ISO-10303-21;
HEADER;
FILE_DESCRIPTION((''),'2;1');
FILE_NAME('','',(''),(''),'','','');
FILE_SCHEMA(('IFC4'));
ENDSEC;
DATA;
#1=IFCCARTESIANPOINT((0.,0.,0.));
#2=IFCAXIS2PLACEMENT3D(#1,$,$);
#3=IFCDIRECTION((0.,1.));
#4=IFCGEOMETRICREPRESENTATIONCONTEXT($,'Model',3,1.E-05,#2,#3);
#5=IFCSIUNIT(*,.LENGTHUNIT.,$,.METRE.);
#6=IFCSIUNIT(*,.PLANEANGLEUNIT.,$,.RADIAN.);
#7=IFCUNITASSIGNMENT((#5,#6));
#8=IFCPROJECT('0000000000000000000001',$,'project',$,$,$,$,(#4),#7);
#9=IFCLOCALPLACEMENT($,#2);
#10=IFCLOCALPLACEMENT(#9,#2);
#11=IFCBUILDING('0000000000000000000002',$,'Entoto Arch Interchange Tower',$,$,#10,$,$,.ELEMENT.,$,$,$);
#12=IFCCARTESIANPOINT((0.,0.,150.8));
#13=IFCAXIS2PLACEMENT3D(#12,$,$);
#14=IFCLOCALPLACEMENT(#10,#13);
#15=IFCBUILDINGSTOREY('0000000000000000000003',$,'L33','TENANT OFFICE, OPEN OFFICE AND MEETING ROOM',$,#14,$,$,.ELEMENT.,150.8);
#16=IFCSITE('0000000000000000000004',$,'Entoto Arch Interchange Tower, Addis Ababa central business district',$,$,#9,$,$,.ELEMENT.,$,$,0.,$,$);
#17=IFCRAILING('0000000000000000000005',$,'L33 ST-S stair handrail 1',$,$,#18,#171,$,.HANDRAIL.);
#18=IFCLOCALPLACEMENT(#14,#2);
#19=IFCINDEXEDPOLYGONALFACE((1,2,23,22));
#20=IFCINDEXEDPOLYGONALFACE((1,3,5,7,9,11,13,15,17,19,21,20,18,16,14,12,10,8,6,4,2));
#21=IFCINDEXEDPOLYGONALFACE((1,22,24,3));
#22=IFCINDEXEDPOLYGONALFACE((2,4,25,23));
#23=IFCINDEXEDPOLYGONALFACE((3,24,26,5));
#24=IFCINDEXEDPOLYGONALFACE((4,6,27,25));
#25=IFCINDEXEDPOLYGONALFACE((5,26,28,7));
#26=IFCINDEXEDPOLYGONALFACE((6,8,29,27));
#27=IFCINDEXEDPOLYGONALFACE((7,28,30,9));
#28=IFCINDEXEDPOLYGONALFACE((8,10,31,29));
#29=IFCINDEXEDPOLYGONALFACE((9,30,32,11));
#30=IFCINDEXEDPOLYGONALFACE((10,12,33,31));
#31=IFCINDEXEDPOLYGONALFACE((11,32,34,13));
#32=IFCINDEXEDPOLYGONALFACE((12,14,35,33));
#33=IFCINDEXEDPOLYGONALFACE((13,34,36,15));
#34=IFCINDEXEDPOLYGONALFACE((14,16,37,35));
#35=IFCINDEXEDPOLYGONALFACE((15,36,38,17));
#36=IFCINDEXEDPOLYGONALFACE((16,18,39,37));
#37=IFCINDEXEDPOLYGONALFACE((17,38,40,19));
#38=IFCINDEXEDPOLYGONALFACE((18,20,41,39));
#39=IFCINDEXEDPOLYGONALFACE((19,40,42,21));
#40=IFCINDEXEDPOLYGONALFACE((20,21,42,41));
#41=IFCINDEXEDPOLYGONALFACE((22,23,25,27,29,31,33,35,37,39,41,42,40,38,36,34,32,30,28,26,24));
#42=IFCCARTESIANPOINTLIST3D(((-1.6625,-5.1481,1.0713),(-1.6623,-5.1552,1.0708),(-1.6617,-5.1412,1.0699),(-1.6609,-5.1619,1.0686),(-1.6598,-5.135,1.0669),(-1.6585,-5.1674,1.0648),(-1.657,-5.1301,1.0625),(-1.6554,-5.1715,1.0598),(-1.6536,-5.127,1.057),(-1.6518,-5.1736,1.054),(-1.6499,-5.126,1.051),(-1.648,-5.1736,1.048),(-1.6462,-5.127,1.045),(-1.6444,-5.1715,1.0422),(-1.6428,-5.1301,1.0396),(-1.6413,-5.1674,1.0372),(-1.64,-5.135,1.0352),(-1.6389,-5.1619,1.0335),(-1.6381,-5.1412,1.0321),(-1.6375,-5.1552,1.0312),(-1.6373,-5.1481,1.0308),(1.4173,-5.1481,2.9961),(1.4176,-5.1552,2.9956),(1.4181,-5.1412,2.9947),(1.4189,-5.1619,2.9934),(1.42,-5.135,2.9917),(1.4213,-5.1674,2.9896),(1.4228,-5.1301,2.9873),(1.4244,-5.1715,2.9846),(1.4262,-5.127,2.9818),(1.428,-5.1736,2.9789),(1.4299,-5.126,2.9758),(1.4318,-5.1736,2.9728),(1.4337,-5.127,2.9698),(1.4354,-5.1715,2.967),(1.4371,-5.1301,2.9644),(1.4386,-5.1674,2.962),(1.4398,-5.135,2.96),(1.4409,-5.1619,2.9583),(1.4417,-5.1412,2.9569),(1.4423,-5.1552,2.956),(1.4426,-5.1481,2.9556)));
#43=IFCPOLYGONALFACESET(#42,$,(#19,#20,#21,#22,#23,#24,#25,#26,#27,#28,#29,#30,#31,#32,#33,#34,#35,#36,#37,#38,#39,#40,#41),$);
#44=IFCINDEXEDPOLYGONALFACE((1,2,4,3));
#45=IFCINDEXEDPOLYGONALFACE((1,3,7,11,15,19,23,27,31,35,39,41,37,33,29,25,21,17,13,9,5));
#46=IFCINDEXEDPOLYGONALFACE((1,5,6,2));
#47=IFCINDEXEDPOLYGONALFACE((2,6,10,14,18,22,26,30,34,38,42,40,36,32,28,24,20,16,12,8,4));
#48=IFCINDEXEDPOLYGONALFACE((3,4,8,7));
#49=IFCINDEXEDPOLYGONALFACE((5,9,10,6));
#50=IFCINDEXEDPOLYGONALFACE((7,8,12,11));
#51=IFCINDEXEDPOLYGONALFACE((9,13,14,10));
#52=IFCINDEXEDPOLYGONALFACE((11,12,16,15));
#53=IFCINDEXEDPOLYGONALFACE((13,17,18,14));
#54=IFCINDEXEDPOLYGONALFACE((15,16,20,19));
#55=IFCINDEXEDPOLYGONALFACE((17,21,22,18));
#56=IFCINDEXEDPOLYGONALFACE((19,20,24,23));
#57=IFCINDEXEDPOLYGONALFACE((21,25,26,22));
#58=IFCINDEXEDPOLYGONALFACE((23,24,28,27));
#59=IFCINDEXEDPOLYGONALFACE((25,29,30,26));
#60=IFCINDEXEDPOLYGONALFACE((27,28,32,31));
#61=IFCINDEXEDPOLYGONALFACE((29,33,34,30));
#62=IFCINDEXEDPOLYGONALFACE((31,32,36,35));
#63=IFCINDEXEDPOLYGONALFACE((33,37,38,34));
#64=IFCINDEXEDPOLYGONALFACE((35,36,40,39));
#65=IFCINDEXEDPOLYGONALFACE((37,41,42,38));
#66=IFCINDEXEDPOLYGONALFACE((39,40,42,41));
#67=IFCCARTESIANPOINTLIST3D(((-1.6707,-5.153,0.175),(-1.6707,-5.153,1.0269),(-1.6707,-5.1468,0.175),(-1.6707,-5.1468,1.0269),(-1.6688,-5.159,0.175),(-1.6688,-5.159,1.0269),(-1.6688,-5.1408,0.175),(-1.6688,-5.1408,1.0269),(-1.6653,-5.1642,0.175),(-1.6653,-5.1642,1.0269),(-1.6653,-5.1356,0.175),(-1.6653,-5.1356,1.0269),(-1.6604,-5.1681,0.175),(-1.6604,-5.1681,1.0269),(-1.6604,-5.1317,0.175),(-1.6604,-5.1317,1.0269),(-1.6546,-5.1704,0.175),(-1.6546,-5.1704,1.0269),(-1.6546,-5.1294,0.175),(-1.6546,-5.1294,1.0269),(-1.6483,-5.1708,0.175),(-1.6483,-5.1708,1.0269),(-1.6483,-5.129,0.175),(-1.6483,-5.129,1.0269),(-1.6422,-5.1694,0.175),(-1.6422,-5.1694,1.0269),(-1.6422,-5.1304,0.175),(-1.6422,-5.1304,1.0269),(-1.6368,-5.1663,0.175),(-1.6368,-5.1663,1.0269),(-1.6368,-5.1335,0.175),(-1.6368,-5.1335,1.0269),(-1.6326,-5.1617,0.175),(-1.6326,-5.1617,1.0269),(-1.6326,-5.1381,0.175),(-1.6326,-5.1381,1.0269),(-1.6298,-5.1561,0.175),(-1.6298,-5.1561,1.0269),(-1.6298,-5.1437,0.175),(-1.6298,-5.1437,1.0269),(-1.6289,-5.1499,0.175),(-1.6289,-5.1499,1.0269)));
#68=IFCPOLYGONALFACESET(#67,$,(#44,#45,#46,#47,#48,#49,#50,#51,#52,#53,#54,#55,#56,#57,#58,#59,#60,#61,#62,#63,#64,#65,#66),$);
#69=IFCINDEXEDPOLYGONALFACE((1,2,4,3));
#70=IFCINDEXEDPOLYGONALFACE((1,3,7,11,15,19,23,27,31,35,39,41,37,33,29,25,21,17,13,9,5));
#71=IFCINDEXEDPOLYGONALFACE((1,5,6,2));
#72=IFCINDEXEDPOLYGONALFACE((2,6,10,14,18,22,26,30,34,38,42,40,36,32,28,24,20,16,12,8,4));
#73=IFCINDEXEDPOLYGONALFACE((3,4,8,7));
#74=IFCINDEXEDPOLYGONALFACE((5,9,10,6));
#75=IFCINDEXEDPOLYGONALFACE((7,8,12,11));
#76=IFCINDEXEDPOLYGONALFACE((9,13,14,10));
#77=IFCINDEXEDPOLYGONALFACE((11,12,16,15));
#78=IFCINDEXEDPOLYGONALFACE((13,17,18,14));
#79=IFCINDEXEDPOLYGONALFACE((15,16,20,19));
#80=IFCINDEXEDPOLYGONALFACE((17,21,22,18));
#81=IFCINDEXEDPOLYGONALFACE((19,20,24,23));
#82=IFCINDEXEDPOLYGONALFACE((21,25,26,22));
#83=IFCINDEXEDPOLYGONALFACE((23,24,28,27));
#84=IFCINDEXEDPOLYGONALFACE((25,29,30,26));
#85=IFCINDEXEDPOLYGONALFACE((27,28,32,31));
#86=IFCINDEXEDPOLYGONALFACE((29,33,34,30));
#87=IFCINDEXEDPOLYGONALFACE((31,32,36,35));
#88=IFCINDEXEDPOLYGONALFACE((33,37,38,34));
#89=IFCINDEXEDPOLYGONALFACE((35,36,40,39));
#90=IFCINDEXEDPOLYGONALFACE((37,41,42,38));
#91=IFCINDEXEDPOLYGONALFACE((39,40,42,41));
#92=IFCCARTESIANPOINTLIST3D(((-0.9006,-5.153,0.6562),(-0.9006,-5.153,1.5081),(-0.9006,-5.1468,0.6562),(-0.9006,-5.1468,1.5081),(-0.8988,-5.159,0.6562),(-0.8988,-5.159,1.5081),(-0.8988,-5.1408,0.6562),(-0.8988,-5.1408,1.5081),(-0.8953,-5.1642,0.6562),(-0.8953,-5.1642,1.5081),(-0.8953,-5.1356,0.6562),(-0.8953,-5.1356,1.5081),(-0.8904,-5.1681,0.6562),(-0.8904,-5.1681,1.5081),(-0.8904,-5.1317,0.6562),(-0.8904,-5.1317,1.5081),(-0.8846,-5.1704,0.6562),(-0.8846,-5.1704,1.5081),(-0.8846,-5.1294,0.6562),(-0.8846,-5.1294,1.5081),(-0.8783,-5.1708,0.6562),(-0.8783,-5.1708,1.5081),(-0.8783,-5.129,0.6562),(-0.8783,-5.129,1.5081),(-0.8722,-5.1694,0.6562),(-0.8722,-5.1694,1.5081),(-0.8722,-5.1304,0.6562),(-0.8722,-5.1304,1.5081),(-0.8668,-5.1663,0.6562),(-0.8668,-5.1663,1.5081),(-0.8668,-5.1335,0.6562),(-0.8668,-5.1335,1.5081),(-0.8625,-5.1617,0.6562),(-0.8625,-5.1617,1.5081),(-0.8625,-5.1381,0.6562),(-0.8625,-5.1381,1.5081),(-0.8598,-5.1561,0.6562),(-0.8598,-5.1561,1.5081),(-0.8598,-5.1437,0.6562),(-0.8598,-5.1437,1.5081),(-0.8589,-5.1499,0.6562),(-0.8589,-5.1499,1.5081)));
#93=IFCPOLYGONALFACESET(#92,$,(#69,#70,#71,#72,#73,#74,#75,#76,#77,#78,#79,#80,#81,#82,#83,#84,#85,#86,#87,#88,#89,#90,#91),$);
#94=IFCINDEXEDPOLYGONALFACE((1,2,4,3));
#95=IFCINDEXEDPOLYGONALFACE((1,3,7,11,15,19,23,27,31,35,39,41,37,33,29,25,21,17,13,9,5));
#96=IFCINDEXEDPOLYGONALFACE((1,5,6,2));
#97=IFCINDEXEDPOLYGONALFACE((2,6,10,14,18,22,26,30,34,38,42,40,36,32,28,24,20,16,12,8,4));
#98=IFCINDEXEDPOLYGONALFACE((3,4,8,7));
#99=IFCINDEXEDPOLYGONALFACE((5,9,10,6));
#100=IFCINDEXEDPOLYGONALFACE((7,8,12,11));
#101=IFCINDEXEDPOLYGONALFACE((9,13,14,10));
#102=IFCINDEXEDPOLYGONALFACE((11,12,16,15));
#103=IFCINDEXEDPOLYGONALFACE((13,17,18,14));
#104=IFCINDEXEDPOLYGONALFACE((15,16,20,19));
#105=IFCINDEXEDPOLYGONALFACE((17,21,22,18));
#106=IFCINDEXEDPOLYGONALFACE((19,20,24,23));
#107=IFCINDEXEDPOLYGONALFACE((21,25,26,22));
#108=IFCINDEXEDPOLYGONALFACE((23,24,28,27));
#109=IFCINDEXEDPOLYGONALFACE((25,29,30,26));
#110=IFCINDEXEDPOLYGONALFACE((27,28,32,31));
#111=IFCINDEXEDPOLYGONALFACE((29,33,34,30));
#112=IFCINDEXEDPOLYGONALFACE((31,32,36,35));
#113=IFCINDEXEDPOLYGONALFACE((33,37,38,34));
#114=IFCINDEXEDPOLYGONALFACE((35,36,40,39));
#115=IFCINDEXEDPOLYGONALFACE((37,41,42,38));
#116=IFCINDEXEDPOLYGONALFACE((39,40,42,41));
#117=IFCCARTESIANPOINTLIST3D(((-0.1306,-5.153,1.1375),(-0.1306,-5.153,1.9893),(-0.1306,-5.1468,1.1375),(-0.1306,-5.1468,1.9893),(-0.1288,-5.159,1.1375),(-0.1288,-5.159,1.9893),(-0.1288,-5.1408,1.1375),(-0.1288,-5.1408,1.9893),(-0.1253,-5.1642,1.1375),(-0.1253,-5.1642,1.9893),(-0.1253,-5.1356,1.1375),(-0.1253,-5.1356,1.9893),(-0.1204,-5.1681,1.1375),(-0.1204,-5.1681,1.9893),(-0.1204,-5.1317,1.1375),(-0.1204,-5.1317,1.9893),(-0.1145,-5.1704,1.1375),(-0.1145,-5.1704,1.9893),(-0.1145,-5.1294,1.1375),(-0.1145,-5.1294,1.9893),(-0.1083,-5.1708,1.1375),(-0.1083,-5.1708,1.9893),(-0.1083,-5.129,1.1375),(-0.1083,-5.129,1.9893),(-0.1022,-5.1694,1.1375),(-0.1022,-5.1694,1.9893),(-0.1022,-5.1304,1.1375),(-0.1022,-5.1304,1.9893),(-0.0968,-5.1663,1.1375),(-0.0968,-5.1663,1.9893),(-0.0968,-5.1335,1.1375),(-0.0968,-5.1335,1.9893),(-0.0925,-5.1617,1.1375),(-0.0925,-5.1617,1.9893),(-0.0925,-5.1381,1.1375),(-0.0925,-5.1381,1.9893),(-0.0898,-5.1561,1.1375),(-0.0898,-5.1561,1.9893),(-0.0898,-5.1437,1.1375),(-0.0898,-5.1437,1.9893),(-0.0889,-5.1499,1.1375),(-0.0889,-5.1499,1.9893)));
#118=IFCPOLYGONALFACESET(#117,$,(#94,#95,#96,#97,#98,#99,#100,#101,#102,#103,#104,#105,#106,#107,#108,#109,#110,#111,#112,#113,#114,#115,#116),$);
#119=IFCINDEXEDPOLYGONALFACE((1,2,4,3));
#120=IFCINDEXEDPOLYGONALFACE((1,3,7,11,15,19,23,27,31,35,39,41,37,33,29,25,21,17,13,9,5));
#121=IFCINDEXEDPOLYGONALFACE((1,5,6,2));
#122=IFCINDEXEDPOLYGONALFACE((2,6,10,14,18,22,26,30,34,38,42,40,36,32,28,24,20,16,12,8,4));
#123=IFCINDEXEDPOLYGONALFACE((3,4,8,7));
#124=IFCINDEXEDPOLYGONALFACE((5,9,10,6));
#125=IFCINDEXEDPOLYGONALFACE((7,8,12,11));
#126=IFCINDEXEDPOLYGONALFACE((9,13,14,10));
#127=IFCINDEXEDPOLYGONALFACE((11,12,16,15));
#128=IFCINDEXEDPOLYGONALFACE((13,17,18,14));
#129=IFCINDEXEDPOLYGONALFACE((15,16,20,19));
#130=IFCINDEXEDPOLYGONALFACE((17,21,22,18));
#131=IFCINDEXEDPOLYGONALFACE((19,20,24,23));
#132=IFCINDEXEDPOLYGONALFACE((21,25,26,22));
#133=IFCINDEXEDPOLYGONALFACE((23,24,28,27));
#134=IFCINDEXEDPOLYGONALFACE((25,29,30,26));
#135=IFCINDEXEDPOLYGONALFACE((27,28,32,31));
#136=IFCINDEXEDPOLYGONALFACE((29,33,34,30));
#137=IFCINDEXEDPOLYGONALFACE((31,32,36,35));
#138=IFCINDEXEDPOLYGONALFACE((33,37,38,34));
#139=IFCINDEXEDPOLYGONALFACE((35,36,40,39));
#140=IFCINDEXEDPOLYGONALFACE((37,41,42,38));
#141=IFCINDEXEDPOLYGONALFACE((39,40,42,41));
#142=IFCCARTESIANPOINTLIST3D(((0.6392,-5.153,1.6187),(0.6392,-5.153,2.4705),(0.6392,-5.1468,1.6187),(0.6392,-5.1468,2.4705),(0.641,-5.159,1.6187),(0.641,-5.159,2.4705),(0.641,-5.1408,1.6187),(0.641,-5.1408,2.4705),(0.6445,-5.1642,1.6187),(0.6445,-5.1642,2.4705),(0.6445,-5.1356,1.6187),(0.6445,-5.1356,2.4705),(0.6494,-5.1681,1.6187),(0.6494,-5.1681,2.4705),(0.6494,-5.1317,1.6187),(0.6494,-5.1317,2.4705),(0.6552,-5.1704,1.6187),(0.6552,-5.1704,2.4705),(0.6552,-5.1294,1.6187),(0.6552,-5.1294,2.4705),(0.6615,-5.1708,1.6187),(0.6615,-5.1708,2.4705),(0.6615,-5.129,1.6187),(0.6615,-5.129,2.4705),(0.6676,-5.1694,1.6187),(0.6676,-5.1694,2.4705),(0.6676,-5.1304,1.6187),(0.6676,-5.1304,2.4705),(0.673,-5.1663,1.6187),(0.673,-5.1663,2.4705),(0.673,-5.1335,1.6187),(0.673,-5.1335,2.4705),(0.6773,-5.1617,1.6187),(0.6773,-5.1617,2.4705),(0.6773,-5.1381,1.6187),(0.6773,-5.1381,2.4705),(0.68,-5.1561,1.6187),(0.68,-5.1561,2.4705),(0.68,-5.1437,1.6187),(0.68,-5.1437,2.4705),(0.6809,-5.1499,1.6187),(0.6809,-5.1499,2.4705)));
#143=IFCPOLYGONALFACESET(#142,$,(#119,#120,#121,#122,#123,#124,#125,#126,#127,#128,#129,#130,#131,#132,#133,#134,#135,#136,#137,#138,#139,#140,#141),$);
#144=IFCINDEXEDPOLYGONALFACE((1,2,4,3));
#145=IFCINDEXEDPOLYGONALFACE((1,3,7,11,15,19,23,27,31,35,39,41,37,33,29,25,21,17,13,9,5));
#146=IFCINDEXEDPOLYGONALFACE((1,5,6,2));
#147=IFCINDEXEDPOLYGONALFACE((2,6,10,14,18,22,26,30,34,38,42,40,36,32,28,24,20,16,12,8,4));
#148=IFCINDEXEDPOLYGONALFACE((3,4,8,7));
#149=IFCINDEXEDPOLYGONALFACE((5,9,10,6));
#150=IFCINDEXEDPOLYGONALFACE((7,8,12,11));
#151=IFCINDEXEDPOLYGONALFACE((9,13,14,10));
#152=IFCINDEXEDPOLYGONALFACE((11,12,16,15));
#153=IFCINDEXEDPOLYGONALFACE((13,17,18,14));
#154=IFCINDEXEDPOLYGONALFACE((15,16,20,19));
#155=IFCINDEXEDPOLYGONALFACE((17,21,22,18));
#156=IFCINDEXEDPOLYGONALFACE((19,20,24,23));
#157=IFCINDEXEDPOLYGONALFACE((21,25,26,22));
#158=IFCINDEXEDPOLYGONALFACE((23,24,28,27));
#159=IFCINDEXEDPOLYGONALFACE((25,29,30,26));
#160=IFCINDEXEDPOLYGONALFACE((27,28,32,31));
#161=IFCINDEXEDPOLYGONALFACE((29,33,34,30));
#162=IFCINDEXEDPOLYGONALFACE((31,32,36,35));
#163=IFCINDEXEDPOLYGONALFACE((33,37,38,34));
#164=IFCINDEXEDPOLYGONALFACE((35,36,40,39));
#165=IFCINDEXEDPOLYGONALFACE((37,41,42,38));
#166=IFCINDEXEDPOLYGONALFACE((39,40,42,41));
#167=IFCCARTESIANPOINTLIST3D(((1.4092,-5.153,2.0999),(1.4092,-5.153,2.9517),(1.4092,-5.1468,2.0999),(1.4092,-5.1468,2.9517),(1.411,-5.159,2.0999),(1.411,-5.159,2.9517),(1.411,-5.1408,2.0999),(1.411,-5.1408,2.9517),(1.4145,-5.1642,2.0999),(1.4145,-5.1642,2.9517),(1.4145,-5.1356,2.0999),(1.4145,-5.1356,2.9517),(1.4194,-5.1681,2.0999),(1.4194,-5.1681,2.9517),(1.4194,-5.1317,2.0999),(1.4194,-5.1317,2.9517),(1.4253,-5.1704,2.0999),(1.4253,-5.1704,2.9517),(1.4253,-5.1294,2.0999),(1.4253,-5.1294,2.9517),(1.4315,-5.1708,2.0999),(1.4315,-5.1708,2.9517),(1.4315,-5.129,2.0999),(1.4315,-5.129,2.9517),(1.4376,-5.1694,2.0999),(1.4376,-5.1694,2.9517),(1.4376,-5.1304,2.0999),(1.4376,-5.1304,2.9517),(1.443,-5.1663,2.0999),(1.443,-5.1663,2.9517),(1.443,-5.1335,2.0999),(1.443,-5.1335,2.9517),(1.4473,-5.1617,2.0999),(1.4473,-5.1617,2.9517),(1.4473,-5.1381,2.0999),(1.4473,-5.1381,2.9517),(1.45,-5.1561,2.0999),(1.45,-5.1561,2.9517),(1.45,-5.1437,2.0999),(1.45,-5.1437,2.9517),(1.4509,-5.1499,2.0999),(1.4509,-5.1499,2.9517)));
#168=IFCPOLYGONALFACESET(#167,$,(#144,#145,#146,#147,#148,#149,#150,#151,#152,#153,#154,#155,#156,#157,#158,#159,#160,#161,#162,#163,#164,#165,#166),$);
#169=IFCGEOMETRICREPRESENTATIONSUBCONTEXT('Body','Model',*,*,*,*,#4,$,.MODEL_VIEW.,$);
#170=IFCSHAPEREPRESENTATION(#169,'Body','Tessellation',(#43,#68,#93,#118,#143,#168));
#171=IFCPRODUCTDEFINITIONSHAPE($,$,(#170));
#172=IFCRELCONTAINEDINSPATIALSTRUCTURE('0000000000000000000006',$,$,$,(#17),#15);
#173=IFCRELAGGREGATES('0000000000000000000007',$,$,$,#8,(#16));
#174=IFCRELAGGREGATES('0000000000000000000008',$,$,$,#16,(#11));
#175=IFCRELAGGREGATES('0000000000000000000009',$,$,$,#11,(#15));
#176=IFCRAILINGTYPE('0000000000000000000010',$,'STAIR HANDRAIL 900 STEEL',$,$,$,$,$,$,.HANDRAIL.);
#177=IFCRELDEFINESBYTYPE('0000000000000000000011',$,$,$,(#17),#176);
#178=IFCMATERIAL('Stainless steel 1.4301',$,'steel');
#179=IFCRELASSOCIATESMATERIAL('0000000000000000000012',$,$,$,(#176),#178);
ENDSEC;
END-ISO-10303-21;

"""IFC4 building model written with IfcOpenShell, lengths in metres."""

from ifc_helpers import new_model, si_unit, direction, frame, origin, origin_2d, place, context, subcontext, project, spatial, circle, extrude, material, type_object, element, save


model = new_model("IFC4")

# Units and contexts
model_context = context("Model", 3, precision=1e-05, world=origin(), true_north=direction((0.0, 1.0)))
body_context = subcontext(model_context, "Body", "Model", "MODEL_VIEW")
ifc_project = project(units=[si_unit("LENGTHUNIT", "METRE"), si_unit("PLANEANGLEUNIT", "RADIAN")], contexts=[model_context])

# Site, building, storey
site_placement = place(None, origin())
site = spatial("IfcSite", under=ifc_project, at=site_placement, Name="Entoto Arch Interchange Tower, Addis Ababa central business district", CompositionType="ELEMENT", RefElevation=0.0)
building_placement = place(site_placement, origin())
building = spatial("IfcBuilding", under=site, at=building_placement, Name="Entoto Arch Interchange Tower", CompositionType="ELEMENT")
storey_placement = place(building_placement, frame((0.0, 0.0, 150.8)))
storey = spatial("IfcBuildingStorey", under=building, at=storey_placement, Name="L33", Description="TENANT OFFICE, OPEN OFFICE AND MEETING ROOM", CompositionType="ELEMENT", Elevation=150.8)

# Railing
ifc_material_1 = material(Name="Stainless steel 1.4301", Category="steel")
railing_type = type_object("IfcRailingType", Name="STAIR HANDRAIL 900 STEEL", PredefinedType="HANDRAIL", material=ifc_material_1)
railing_placement = place(storey_placement, frame((-1.6499, -5.1499, 0.175)))
element("IfcRailing", 1, at=railing_placement, inside=storey, type_object=railing_type, Name="L33 ST-S stair handrail 1", PredefinedType="HANDRAIL", context=body_context, shape_type="SweptSolid", body=[
    extrude(circle(Radius=0.0239, at=origin_2d()), frame((0.0, 0.0, 0.876), z_axis=(0.84801, 0.0, 0.529981), x_axis=(0.0, 1.0, 0.0)), (0.0, 0.0, 1.0), 3.6318),
    extrude(circle(Radius=0.021, at=origin_2d()), origin(), (0.0, 0.0, 1.0), 0.8518),
    extrude(circle(Radius=0.021, at=origin_2d()), frame((0.77, 0.0, 0.4812)), (0.0, 0.0, 1.0), 0.8518),
    extrude(circle(Radius=0.021, at=origin_2d()), frame((1.54, 0.0, 0.9624)), (0.0, 0.0, 1.0), 0.8518),
    extrude(circle(Radius=0.021, at=origin_2d()), frame((2.3098, 0.0, 1.4436)), (0.0, 0.0, 1.0), 0.8518),
    extrude(circle(Radius=0.021, at=origin_2d()), frame((3.0798, 0.0, 1.9248)), (0.0, 0.0, 1.0), 0.8518),
])

save(model, "model.ifc")
